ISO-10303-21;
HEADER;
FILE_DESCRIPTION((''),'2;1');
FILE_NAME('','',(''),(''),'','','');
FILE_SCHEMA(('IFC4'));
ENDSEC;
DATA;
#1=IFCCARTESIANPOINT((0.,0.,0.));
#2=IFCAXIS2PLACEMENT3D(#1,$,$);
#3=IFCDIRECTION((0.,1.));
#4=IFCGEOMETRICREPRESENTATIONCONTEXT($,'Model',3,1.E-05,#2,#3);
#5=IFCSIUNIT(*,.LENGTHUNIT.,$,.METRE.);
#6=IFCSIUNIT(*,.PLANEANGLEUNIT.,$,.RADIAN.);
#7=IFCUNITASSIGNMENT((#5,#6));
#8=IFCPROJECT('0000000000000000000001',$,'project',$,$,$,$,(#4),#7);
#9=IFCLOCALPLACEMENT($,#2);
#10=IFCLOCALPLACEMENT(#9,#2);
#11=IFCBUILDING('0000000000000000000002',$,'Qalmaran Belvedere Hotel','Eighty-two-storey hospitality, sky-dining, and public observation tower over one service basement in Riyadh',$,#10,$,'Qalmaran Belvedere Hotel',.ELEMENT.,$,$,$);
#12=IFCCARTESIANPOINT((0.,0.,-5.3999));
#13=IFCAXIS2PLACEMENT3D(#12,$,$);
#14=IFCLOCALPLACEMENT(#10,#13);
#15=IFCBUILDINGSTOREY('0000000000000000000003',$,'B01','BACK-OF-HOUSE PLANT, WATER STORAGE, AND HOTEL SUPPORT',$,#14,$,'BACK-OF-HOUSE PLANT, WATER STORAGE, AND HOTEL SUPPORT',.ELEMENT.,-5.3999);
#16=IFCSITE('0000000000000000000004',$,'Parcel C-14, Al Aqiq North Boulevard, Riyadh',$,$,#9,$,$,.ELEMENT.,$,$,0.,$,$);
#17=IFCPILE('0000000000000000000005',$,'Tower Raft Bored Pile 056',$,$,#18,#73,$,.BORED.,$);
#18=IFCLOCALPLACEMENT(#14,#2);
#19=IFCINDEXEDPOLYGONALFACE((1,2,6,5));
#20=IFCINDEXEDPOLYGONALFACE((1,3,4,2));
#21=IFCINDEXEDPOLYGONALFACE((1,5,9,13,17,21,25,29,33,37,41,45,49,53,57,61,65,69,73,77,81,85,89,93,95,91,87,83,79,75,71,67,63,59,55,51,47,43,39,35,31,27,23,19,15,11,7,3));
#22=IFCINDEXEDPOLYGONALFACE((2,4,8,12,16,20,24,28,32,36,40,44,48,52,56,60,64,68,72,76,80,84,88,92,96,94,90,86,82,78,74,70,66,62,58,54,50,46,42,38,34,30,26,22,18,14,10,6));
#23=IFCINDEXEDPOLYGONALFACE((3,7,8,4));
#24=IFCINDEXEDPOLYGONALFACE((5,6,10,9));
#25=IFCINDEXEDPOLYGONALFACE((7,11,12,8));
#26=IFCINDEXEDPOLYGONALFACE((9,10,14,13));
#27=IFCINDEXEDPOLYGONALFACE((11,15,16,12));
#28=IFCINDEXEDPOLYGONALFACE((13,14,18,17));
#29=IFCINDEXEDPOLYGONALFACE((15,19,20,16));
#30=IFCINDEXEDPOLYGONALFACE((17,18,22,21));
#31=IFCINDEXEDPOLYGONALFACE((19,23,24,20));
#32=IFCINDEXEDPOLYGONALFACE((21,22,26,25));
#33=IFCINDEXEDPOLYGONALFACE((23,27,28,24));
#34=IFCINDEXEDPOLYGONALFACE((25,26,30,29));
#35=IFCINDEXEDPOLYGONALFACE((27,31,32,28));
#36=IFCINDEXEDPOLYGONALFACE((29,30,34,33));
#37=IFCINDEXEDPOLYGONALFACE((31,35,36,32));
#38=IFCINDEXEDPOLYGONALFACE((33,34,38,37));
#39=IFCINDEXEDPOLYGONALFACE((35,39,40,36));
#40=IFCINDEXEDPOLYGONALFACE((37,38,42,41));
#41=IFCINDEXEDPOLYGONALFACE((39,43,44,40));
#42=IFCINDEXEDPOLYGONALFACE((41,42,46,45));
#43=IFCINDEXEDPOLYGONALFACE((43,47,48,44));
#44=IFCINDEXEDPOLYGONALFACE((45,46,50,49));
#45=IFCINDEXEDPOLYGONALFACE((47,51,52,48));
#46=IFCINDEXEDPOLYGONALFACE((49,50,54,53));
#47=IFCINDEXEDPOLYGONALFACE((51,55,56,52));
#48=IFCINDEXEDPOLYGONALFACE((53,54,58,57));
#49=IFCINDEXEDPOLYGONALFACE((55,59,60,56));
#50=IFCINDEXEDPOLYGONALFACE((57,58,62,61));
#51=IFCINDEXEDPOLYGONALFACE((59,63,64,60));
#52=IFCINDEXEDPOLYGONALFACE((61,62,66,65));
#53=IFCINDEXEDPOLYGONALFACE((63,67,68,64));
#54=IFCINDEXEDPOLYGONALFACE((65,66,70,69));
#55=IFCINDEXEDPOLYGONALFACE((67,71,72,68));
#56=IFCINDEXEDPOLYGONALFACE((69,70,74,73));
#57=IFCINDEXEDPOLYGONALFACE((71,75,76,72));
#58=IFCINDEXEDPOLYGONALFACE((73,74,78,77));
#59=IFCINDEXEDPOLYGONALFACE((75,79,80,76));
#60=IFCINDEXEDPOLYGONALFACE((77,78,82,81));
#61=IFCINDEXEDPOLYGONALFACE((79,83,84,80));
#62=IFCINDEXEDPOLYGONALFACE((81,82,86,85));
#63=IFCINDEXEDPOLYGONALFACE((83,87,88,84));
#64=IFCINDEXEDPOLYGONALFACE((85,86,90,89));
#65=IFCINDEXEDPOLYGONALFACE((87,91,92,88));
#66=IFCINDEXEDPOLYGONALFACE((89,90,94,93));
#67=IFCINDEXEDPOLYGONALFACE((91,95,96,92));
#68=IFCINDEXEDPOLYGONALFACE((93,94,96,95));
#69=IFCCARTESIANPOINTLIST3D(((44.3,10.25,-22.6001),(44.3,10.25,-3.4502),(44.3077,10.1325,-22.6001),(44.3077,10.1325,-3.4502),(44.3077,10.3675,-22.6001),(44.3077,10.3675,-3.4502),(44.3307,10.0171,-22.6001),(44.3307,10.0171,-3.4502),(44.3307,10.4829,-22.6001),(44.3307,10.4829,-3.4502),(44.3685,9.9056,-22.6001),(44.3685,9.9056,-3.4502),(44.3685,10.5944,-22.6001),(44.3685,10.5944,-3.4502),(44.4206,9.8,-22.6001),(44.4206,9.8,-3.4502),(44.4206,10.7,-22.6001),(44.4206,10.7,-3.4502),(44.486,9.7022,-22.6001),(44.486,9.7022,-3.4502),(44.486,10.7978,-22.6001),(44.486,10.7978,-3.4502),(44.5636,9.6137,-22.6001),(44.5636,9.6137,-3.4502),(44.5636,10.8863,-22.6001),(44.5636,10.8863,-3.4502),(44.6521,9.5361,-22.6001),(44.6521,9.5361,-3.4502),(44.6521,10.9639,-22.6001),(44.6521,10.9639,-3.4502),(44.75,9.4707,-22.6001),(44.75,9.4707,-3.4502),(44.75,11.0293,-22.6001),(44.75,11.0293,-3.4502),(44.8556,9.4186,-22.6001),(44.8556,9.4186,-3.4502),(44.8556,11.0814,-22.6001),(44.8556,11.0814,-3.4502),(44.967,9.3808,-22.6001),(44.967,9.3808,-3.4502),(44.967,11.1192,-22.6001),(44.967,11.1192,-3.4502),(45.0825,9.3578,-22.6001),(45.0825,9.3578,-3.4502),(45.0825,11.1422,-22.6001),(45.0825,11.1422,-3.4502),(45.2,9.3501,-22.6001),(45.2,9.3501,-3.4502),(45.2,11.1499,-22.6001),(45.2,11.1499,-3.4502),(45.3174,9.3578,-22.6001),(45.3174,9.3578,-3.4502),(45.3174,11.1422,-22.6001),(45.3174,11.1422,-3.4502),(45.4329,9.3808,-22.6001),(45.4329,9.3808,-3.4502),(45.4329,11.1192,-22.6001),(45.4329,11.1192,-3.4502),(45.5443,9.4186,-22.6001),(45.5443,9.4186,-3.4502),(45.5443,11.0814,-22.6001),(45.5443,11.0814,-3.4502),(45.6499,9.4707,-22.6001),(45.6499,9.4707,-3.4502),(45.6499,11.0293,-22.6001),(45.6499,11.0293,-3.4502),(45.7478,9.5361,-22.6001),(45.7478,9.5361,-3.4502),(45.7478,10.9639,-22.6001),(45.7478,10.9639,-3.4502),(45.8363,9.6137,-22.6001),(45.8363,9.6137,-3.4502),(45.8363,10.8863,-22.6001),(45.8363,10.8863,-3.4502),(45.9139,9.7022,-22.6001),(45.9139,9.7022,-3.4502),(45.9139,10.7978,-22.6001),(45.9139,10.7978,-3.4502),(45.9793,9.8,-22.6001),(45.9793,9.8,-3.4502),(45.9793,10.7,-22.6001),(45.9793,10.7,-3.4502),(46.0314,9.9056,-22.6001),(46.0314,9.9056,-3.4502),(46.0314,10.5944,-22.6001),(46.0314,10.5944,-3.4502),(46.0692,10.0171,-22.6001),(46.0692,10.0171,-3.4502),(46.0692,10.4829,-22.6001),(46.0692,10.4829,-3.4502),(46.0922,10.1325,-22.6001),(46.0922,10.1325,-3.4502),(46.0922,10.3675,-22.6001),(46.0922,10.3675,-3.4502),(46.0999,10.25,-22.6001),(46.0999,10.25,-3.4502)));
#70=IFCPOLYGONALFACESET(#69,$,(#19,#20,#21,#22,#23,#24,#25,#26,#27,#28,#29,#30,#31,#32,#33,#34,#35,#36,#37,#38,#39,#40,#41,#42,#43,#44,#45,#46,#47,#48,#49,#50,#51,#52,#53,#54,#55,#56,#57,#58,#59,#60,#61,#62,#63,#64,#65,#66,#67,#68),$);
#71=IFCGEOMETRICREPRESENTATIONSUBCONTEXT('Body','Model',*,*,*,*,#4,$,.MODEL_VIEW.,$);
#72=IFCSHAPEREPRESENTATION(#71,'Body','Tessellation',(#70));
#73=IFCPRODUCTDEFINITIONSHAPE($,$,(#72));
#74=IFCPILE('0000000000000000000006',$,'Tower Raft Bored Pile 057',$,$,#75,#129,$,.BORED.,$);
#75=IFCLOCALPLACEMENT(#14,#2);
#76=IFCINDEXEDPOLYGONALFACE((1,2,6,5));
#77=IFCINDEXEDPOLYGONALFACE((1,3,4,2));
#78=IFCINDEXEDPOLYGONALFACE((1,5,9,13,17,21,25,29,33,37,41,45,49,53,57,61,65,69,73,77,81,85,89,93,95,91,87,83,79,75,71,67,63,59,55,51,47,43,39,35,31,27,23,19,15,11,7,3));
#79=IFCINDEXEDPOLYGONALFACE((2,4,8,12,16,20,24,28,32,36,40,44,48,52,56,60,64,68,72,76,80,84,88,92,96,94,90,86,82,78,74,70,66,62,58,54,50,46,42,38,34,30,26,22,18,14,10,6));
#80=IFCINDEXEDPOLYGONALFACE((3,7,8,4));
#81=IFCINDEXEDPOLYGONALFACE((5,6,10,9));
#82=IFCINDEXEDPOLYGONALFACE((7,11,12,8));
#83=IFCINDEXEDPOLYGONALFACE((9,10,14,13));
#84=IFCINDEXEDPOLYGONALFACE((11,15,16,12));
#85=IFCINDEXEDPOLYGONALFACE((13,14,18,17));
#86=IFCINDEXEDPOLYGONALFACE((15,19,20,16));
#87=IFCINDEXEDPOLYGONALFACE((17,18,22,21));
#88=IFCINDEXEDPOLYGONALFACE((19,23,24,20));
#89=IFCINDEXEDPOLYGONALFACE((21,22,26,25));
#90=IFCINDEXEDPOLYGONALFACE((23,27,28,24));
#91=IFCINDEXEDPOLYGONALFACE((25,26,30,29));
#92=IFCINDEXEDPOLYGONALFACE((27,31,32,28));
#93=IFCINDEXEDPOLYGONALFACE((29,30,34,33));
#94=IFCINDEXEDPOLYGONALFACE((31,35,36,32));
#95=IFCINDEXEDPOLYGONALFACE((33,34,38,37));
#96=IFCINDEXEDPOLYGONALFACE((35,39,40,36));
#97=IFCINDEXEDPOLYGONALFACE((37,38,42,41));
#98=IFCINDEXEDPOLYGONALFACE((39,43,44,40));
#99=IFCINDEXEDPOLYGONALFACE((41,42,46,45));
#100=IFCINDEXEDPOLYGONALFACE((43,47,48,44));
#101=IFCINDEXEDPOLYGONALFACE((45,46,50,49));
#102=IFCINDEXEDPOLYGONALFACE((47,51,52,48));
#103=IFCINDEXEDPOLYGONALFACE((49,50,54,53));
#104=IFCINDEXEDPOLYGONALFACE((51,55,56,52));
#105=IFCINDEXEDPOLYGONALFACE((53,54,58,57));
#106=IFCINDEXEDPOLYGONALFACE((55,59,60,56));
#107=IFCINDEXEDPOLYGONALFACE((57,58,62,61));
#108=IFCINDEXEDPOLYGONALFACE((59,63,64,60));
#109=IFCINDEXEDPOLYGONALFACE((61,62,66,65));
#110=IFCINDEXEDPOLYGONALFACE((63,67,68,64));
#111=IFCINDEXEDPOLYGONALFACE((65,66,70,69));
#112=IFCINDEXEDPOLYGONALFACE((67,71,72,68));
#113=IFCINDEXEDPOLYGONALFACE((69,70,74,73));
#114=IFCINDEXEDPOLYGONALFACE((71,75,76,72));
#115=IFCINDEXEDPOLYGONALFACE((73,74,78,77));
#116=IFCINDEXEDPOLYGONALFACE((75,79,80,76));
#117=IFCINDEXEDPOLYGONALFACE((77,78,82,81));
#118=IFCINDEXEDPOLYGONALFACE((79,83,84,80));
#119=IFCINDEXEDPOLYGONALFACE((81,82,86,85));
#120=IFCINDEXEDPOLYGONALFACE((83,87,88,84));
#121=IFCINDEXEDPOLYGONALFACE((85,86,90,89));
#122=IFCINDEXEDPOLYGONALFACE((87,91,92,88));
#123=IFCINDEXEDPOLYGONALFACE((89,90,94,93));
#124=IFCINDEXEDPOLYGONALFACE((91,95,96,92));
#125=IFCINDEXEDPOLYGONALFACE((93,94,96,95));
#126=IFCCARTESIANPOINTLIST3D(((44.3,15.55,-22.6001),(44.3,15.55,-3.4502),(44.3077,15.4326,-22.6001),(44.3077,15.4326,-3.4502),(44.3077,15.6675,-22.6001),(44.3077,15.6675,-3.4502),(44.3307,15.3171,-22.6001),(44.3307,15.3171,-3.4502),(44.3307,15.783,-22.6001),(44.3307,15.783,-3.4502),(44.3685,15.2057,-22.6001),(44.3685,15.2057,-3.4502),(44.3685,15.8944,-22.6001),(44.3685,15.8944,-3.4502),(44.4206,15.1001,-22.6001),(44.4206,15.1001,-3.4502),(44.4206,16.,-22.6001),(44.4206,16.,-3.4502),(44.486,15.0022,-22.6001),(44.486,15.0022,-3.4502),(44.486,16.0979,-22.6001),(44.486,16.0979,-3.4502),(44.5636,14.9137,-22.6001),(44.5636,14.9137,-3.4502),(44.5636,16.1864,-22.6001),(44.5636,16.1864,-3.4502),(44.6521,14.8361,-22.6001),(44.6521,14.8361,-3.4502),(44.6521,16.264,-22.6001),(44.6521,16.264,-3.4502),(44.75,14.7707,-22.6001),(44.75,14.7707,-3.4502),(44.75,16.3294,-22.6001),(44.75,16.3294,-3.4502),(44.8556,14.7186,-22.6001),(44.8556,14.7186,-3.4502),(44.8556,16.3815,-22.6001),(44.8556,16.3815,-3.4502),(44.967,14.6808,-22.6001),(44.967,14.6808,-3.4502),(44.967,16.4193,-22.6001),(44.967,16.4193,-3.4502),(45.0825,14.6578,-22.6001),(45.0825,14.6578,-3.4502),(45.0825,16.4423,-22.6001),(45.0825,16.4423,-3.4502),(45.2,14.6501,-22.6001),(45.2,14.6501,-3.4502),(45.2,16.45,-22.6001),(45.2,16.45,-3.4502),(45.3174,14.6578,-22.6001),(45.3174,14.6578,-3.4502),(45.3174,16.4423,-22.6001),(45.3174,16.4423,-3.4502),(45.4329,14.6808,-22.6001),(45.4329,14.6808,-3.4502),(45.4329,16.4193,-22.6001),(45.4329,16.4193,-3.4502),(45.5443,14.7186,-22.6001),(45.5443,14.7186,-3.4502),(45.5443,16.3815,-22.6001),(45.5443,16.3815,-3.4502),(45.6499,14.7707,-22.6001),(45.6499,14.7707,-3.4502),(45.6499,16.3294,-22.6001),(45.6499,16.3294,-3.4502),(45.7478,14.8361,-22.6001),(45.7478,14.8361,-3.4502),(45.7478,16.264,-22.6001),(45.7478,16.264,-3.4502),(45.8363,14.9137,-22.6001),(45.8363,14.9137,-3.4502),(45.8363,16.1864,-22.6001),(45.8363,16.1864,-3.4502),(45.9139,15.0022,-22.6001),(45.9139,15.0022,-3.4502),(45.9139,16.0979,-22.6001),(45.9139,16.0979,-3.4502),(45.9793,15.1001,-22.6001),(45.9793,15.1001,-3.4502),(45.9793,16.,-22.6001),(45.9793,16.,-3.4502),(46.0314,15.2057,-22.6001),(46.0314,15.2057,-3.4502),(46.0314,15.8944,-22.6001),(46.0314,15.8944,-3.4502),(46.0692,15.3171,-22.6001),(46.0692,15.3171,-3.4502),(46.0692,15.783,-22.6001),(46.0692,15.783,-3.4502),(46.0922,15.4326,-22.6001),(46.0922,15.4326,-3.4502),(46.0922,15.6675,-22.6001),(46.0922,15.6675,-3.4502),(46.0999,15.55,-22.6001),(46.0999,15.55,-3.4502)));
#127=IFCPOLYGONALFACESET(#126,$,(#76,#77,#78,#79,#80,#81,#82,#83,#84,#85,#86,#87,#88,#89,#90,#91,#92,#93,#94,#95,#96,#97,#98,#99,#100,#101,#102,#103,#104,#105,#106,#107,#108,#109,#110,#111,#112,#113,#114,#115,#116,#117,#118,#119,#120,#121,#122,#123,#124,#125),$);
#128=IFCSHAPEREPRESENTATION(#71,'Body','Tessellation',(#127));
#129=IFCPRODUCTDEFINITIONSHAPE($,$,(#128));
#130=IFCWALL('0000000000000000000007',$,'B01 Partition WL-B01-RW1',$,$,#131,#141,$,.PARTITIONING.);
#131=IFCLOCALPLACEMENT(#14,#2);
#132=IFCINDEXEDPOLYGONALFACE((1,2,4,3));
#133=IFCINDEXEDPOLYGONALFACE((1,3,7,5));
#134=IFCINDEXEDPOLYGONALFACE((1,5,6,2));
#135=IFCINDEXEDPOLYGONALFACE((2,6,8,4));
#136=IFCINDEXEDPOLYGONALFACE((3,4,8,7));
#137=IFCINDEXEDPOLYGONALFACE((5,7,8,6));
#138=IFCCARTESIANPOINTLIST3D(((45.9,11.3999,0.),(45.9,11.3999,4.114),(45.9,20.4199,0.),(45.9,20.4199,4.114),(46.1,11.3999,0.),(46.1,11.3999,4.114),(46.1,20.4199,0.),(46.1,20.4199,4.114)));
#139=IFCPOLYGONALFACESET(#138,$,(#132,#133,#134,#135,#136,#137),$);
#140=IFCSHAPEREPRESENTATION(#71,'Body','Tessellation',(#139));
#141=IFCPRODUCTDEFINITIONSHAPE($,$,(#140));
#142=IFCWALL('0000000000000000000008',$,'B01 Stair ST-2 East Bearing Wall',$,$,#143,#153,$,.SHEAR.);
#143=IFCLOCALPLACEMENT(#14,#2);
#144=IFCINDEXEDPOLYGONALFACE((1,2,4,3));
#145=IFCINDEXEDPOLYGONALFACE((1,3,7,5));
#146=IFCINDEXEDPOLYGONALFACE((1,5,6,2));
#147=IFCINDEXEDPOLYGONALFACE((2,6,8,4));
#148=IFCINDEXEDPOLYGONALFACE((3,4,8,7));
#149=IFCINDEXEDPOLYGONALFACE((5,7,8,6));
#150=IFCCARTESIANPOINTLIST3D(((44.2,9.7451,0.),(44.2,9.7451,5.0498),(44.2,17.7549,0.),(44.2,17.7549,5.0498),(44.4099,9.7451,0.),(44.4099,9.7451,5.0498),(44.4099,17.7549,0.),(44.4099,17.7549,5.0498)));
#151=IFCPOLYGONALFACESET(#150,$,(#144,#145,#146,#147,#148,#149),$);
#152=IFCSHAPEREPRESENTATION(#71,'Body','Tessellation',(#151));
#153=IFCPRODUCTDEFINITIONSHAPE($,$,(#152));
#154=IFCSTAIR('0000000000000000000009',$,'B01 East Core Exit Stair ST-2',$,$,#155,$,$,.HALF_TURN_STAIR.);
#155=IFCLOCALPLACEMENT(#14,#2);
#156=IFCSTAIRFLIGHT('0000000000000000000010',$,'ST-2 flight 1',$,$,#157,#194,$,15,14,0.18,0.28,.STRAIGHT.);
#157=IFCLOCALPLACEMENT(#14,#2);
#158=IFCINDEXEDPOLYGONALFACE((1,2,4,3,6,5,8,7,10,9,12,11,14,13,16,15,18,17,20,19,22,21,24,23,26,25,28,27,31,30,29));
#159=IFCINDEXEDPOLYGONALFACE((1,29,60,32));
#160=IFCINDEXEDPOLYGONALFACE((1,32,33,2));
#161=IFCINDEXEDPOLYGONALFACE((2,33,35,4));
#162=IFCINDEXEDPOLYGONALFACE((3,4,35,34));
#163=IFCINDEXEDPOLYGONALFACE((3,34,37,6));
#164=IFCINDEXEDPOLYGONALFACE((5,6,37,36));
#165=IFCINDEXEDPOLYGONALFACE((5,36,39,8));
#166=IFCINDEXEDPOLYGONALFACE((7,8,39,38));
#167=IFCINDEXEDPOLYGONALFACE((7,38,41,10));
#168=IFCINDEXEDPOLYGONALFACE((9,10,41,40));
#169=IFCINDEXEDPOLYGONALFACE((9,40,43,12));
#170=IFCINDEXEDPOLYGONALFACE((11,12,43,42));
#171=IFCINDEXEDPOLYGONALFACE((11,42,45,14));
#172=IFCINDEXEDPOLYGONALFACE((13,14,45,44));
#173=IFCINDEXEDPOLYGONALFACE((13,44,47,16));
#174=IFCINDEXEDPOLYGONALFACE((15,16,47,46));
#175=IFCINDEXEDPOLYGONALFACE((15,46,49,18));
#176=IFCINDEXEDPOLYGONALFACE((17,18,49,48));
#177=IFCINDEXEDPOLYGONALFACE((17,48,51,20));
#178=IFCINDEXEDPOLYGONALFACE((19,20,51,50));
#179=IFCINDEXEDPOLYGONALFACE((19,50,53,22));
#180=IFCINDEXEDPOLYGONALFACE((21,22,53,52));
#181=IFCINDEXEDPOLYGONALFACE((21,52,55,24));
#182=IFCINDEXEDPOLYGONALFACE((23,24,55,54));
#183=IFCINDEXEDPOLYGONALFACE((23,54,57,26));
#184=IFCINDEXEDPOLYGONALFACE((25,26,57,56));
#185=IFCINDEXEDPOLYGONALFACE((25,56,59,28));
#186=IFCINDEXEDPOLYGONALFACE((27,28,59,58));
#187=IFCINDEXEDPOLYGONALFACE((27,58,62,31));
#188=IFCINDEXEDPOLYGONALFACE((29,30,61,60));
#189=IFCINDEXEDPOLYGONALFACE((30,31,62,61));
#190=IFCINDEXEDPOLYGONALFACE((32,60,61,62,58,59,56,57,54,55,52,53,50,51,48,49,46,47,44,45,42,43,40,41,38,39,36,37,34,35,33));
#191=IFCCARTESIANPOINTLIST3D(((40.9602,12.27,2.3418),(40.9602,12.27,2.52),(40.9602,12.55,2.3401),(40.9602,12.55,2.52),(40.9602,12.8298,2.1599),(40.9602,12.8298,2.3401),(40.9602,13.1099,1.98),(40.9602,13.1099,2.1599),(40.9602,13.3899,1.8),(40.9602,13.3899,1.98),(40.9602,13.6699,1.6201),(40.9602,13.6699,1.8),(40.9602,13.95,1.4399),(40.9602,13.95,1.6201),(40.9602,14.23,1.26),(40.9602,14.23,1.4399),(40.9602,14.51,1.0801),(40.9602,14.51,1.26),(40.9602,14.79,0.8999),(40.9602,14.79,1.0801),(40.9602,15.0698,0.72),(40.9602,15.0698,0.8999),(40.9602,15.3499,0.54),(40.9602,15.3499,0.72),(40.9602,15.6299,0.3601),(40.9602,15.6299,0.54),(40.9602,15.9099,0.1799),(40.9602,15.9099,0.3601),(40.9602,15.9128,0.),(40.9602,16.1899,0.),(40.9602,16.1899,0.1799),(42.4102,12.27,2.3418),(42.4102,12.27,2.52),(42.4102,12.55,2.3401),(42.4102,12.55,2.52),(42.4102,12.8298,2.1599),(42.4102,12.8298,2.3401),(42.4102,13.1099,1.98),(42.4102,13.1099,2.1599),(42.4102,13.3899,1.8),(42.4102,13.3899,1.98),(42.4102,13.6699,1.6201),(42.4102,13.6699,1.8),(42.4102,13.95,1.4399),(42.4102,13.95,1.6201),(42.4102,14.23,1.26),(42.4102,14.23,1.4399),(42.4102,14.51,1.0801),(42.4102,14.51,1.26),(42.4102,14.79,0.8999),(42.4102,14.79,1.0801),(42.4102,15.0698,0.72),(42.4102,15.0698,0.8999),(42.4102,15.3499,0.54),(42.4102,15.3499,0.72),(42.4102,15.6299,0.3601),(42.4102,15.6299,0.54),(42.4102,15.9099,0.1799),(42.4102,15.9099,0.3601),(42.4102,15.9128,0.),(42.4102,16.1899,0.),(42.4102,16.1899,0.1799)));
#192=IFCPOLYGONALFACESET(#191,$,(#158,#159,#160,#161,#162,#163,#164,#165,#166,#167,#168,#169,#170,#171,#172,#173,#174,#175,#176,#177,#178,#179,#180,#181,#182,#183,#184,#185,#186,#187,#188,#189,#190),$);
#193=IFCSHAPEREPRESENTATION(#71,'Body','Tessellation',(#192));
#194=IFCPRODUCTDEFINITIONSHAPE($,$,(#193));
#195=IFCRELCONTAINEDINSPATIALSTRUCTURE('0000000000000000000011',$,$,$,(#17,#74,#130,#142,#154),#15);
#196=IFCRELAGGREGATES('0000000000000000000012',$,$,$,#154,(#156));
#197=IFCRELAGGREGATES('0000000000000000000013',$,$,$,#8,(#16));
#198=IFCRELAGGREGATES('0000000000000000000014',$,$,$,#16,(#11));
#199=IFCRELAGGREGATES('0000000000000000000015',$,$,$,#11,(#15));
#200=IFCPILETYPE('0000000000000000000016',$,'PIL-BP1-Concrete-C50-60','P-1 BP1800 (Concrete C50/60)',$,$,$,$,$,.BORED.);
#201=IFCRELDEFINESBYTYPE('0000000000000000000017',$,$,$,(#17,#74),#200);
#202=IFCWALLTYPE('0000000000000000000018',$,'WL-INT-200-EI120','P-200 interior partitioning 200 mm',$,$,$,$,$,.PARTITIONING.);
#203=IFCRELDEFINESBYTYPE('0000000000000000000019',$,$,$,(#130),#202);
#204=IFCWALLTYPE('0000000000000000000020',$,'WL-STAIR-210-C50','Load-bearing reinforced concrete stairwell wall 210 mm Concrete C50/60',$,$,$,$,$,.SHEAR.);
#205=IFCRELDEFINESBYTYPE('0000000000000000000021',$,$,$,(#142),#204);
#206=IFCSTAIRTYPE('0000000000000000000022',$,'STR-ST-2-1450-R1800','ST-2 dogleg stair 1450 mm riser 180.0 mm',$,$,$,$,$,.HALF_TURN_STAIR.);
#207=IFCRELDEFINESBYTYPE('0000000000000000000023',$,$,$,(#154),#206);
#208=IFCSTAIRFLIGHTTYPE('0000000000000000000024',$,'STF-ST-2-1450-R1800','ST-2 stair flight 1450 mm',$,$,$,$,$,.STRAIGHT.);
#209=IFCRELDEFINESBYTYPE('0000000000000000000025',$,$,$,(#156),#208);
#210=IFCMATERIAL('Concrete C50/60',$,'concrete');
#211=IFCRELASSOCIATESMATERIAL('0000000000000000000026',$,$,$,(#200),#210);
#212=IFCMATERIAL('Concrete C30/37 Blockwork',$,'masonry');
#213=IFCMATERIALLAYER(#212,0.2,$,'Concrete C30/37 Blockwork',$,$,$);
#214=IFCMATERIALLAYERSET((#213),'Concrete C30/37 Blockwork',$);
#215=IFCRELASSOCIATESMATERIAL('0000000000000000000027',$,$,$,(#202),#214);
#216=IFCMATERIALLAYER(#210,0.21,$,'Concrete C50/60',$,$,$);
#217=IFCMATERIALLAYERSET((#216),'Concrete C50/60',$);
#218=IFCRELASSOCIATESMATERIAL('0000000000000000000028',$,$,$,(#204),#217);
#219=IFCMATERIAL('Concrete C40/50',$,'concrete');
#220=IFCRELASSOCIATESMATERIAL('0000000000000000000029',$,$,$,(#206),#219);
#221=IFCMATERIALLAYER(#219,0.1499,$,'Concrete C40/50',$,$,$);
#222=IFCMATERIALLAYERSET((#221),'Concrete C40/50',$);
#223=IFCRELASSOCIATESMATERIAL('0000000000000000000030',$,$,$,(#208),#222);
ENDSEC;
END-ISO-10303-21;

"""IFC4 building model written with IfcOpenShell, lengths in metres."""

from ifc_helpers import new_model, si_unit, direction, frame, frame_2d, origin, origin_2d, place, context, subcontext, project, spatial, polyline, rectangle, circle, outline, extrude, material, layer, layer_set, material_profile, profile_set, type_object, element, aggregate, save


model = new_model("IFC4")

# Units and contexts
model_context = context("Model", 3, precision=1e-05, world=origin(), true_north=direction((0.0, 1.0)))
body_context = subcontext(model_context, "Body", "Model", "MODEL_VIEW")
ifc_project = project(units=[si_unit("LENGTHUNIT", "METRE"), si_unit("PLANEANGLEUNIT", "RADIAN")], contexts=[model_context])

# Site, building, storey
site_placement = place(None, origin())
site = spatial("IfcSite", under=ifc_project, at=site_placement, Name="Parcel C-14, Al Aqiq North Boulevard, Riyadh", CompositionType="ELEMENT", RefElevation=0.0)
building_placement = place(site_placement, origin())
building = spatial("IfcBuilding", under=site, at=building_placement, Name="Qalmaran Belvedere Hotel", Description="Eighty-two-storey hospitality, sky-dining, and public observation tower over one service basement in Riyadh", LongName="Qalmaran Belvedere Hotel", CompositionType="ELEMENT")
storey_placement = place(building_placement, frame((0.0, 0.0, -5.3999)))
storey = spatial("IfcBuildingStorey", under=building, at=storey_placement, Name="B01", Description="BACK-OF-HOUSE PLANT, WATER STORAGE, AND HOTEL SUPPORT", LongName="BACK-OF-HOUSE PLANT, WATER STORAGE, AND HOTEL SUPPORT", CompositionType="ELEMENT", Elevation=-5.3999)

# Piles
ifc_material_1 = material(Name="Concrete C50/60", Category="concrete")
ifc_material_profile = material_profile(ifc_material_1, circle(Radius=0.8999, at=origin_2d()), Name="BP1800")
ifc_profile_set = profile_set([ifc_material_profile], Name="Concrete C50/60")
pile_type = type_object("IfcPileType", Name="PIL-BP1-Concrete-C50-60", Description="P-1 BP1800 (Concrete C50/60)", PredefinedType="BORED", material=ifc_profile_set)
for number, where, z_axis, x_axis, name in (
    (1, (45.2, 10.25, -3.4502), (0.0, 0.0, -1.0), (1.0, 0.0, 0.0), "Tower Raft Bored Pile 056"),
    (2, (45.2, 15.55, -3.4502), (0.0, 0.0, -1.0), (1.0, 0.0, 0.0), "Tower Raft Bored Pile 057"),
):
    element("IfcPile", number, at=place(storey_placement, frame(where, z_axis=z_axis, x_axis=x_axis)), inside=storey, type_object=pile_type, Name=name, PredefinedType="BORED", context=body_context, shape_type="SweptSolid", body=[
        extrude(circle(Radius=0.8999, at=origin_2d()), origin(), (0.0, 0.0, 1.0), 19.1499),
    ])

# Shared definitions
ifc_material_2 = material(Name="Concrete C30/37 Blockwork", Category="masonry")
ifc_layer_1 = layer(ifc_material_2, 0.2, Name="Concrete C30/37 Blockwork")
ifc_layer_set_1 = layer_set([ifc_layer_1], Name="Concrete C30/37 Blockwork")
wall_type_1 = type_object("IfcWallType", Name="WL-INT-200-EI120", Description="P-200 interior partitioning 200 mm", PredefinedType="PARTITIONING", material=ifc_layer_set_1)

# Walls
wall_1_placement = place(storey_placement, frame((46.0, 11.3999, 0.0), z_axis=(0.0, 0.0, 1.0), x_axis=(0.0, 1.0, 0.0)))
element("IfcWall", 3, at=wall_1_placement, inside=storey, type_object=wall_type_1, Name="B01 Partition WL-B01-RW1", PredefinedType="PARTITIONING", context=body_context, shape_type="SweptSolid", body=[
    extrude(rectangle(XDim=9.02, YDim=0.2, at=frame_2d((4.51, 0.0))), origin(), (0.0, 0.0, 1.0), 4.114),
])
ifc_layer_2 = layer(ifc_material_1, 0.21, Name="Concrete C50/60")
ifc_layer_set_2 = layer_set([ifc_layer_2], Name="Concrete C50/60")
wall_type_2 = type_object("IfcWallType", Name="WL-STAIR-210-C50", Description="Load-bearing reinforced concrete stairwell wall 210 mm Concrete C50/60", PredefinedType="SHEAR", material=ifc_layer_set_2)
wall_2_placement = place(storey_placement, frame((44.3049, 9.7451, 0.0), z_axis=(0.0, 0.0, 1.0), x_axis=(0.0, 1.0, 0.0)))
element("IfcWall", 4, at=wall_2_placement, inside=storey, type_object=wall_type_2, Name="B01 Stair ST-2 East Bearing Wall", PredefinedType="SHEAR", context=body_context, shape_type="SweptSolid", body=[
    extrude(rectangle(XDim=8.0098, YDim=0.21, at=frame_2d((4.0049, 0.0))), origin(), (0.0, 0.0, 1.0), 5.0498),
])

# Stair, stair flight
ifc_material_3 = material(Name="Concrete C40/50", Category="concrete")
stair_type = type_object("IfcStairType", Name="STR-ST-2-1450-R1800", Description="ST-2 dogleg stair 1450 mm riser 180.0 mm", PredefinedType="HALF_TURN_STAIR", material=ifc_material_3)
stair_placement = place(storey_placement, origin())
stair = element("IfcStair", 5, at=stair_placement, inside=storey, type_object=stair_type, Name="B01 East Core Exit Stair ST-2", PredefinedType="HALF_TURN_STAIR")
ifc_layer_3 = layer(ifc_material_3, 0.1499, Name="Concrete C40/50")
ifc_layer_set_3 = layer_set([ifc_layer_3], Name="Concrete C40/50")
stair_flight_type = type_object("IfcStairFlightType", Name="STF-ST-2-1450-R1800", Description="ST-2 stair flight 1450 mm", PredefinedType="STRAIGHT", material=ifc_layer_set_3)
stair_flight_1_placement = place(storey_placement, frame((41.6851, 16.1899, 0.0), z_axis=(0.0, 0.0, 1.0), x_axis=(0.0, -1.0, 0.0)))
stair_flight_1 = element("IfcStairFlight", 6, at=stair_flight_1_placement, type_object=stair_flight_type, Name="ST-2 flight 1", NumberOfRisers=15, NumberOfTreads=14, PredefinedType="STRAIGHT", RiserHeight=0.18, TreadLength=0.28, context=body_context, shape_type="SweptSolid", body=[
    extrude(outline(polyline([(0.0, 0.0), (0.0, 0.1799), (0.28, 0.1799), (0.28, 0.3601), (0.5601, 0.3601), (0.5601, 0.54), (0.8401, 0.54), (0.8401, 0.72), (1.1201, 0.72), (1.1201, 0.8999), (1.3999, 0.8999), (1.3999, 1.0801), (1.6799, 1.0801), (1.6799, 1.26), (1.96, 1.26), (1.96, 1.4399), (2.24, 1.4399), (2.24, 1.6201), (2.52, 1.6201), (2.52, 1.8), (2.8, 1.8), (2.8, 1.98), (3.0801, 1.98), (3.0801, 2.1599), (3.3601, 2.1599), (3.3601, 2.3401), (3.6399, 2.3401), (3.6399, 2.52), (3.9199, 2.52), (3.9199, 2.7), (3.9199, 2.3418), (0.2771, 0.0), (0.0, 0.0)])), frame((0.0, 0.7251, 0.0), z_axis=(0.0, -1.0, 0.0), x_axis=(1.0, 0.0, 0.0)), (0.0, 0.0, 1.0), 1.45),
])
aggregate(stair, [stair_flight_1])

save(model, "model.ifc")
